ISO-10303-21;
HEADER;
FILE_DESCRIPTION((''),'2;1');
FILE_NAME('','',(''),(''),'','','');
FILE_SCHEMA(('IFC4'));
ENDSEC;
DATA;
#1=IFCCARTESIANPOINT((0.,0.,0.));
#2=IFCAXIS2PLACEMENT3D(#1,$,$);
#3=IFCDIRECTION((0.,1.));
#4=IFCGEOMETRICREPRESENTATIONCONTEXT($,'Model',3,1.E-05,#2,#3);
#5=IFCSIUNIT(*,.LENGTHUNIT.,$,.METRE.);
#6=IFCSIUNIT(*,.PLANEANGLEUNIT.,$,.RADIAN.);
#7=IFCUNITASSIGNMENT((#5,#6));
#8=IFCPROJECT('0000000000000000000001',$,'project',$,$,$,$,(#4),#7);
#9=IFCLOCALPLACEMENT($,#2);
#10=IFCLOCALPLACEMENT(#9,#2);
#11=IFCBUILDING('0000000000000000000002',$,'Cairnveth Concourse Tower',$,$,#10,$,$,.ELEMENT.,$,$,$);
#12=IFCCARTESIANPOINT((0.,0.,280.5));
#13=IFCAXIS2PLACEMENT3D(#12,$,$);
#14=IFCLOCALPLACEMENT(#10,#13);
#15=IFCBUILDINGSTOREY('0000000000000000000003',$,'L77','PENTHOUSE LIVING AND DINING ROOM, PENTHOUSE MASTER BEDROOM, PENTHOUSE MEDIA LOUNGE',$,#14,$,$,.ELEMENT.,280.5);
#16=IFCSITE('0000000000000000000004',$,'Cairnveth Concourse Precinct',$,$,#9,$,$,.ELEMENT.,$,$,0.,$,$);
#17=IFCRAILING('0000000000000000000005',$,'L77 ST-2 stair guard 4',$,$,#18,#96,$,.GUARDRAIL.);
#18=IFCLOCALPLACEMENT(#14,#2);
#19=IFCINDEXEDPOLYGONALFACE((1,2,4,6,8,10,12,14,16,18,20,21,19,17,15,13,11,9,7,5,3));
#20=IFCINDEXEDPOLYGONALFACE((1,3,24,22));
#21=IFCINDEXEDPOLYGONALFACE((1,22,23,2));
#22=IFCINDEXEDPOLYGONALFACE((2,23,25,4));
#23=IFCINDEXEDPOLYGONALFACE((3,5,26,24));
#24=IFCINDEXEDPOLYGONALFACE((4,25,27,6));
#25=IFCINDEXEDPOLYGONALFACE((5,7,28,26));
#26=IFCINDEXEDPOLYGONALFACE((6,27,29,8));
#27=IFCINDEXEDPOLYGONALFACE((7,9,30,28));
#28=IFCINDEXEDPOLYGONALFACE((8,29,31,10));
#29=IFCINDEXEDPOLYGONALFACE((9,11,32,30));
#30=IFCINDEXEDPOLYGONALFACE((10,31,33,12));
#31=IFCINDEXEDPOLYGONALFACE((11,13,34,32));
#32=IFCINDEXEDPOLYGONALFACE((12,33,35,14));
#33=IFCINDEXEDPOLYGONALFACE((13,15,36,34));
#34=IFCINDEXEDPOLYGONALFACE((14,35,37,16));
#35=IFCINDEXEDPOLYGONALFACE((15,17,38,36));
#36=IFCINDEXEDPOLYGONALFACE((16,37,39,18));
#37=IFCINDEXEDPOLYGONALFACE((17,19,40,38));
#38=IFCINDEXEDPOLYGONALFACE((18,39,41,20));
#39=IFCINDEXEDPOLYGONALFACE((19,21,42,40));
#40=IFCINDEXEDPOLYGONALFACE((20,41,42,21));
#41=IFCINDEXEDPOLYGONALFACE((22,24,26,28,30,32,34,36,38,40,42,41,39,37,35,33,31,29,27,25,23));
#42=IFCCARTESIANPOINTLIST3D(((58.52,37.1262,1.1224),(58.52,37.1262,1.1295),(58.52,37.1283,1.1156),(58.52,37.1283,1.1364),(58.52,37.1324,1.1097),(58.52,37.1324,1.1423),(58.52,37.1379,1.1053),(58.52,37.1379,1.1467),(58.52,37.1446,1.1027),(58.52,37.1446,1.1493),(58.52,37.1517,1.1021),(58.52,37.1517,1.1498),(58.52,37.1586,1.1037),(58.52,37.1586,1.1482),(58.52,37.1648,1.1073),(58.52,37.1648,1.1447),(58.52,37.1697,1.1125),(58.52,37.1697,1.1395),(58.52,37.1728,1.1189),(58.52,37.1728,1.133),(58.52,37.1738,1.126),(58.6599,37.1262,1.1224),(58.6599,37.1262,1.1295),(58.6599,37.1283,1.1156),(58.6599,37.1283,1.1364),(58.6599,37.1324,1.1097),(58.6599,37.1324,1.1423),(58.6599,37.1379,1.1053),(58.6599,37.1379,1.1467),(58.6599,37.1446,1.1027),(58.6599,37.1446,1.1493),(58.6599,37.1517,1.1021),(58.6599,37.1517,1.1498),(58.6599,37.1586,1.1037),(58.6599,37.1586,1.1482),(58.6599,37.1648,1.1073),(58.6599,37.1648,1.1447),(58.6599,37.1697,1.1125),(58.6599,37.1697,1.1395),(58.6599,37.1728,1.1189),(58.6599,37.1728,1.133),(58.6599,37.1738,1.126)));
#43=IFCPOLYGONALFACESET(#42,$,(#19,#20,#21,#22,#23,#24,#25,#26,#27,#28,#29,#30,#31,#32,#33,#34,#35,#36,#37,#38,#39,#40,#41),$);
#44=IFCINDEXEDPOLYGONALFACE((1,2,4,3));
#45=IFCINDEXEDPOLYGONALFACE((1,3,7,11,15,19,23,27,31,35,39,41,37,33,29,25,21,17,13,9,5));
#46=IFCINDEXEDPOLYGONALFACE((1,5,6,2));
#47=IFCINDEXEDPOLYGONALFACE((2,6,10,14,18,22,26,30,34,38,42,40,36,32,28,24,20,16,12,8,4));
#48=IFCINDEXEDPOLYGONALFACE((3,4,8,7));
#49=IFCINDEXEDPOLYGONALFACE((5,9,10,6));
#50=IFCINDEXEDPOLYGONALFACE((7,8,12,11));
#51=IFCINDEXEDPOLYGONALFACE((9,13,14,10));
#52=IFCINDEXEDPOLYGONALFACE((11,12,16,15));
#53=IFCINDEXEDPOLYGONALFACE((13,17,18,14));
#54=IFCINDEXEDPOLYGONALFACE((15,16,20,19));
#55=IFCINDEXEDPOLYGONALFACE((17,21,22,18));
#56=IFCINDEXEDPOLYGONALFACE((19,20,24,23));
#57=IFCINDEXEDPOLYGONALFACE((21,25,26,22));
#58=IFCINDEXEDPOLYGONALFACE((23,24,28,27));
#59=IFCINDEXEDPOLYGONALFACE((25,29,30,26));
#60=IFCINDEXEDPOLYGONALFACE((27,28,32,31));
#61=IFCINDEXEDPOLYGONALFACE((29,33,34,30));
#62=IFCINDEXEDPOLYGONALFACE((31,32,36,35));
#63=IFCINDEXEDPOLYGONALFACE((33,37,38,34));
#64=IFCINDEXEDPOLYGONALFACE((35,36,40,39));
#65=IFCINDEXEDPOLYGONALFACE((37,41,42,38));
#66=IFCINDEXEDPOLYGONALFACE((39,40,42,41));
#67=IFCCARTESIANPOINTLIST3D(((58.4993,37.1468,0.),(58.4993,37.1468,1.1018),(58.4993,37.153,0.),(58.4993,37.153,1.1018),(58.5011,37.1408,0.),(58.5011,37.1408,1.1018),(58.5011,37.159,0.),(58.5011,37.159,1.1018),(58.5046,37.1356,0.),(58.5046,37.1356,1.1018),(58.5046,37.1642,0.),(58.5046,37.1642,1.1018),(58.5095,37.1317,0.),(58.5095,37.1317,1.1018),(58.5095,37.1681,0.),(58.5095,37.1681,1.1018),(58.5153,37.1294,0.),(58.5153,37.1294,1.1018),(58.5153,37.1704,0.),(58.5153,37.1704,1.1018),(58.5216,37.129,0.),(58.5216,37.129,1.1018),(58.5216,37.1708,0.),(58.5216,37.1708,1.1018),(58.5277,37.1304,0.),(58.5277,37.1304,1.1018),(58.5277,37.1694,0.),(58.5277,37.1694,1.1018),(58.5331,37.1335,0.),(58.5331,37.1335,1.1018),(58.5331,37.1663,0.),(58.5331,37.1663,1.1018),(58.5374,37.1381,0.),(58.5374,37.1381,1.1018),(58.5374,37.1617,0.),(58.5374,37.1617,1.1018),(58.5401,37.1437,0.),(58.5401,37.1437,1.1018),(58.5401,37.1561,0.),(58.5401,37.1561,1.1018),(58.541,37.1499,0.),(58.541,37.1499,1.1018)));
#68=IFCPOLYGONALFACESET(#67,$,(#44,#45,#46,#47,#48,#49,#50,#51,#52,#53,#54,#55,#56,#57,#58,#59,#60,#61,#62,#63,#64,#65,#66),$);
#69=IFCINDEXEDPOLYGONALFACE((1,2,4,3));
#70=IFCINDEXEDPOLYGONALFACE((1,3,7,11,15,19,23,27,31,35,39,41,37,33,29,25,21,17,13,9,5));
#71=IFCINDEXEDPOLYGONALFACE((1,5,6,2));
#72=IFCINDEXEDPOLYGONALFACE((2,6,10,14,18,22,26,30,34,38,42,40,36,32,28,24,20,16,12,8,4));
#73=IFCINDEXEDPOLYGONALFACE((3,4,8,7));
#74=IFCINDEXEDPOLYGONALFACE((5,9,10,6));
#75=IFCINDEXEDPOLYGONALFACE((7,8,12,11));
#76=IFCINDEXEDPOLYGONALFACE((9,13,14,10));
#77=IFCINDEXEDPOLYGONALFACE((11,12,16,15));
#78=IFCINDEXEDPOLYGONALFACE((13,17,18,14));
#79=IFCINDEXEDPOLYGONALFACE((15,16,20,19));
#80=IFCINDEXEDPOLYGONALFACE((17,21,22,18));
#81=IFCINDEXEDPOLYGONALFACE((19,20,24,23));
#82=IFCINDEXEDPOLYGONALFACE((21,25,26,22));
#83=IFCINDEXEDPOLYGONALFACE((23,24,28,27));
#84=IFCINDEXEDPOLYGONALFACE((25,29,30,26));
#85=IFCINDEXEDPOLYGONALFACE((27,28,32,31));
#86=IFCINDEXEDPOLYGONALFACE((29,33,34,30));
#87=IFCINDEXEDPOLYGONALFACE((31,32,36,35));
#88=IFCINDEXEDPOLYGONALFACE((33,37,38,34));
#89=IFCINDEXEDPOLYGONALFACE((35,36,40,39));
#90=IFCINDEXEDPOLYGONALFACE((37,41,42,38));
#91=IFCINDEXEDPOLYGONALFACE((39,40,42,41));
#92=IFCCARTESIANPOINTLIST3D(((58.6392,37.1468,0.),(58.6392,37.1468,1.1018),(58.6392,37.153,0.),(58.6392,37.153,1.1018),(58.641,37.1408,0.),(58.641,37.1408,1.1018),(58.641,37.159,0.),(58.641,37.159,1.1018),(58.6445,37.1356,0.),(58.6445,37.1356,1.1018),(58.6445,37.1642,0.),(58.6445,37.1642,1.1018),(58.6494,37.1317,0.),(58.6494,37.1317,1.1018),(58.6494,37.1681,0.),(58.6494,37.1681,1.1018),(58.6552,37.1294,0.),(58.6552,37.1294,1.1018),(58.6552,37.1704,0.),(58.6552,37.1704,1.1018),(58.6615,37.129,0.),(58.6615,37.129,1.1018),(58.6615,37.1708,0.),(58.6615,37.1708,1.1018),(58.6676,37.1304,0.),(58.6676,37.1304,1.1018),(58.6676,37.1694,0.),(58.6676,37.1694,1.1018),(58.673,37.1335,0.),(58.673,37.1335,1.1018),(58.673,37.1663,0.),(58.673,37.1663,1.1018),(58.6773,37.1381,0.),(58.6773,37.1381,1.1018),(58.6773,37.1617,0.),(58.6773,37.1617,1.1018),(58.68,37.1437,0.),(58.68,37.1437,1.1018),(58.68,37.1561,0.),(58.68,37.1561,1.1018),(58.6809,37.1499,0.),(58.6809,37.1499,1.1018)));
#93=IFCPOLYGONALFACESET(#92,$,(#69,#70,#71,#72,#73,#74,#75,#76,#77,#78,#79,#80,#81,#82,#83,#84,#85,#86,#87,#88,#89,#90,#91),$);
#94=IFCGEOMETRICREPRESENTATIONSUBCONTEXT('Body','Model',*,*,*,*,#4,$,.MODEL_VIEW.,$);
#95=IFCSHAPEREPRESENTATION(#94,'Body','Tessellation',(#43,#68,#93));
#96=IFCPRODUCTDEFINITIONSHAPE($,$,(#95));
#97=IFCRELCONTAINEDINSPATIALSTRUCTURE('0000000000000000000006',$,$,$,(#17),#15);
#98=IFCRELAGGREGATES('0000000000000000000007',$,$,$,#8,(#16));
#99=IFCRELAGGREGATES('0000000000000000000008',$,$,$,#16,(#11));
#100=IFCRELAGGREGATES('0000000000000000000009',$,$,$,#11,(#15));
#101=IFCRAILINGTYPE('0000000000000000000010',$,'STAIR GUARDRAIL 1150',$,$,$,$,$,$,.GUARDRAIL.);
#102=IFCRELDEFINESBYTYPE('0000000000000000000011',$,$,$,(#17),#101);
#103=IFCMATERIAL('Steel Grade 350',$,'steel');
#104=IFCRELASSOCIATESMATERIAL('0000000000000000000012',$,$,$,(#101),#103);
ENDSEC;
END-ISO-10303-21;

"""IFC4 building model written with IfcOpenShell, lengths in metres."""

from ifc_helpers import new_model, si_unit, direction, frame, origin, origin_2d, place, context, subcontext, project, spatial, circle, extrude, material, type_object, element, save


model = new_model("IFC4")

# Units and contexts
model_context = context("Model", 3, precision=1e-05, world=origin(), true_north=direction((0.0, 1.0)))
body_context = subcontext(model_context, "Body", "Model", "MODEL_VIEW")
ifc_project = project(units=[si_unit("LENGTHUNIT", "METRE"), si_unit("PLANEANGLEUNIT", "RADIAN")], contexts=[model_context])

# Site, building, storey
site_placement = place(None, origin())
site = spatial("IfcSite", under=ifc_project, at=site_placement, Name="Cairnveth Concourse Precinct", CompositionType="ELEMENT", RefElevation=0.0)
building_placement = place(site_placement, origin())
building = spatial("IfcBuilding", under=site, at=building_placement, Name="Cairnveth Concourse Tower", CompositionType="ELEMENT")
storey_placement = place(building_placement, frame((0.0, 0.0, 280.5)))
storey = spatial("IfcBuildingStorey", under=building, at=storey_placement, Name="L77", Description="PENTHOUSE LIVING AND DINING ROOM, PENTHOUSE MASTER BEDROOM, PENTHOUSE MEDIA LOUNGE", CompositionType="ELEMENT", Elevation=280.5)

# Shared definitions
ifc_material_1 = material(Name="Steel Grade 350", Category="steel")

# Railing
railing_type = type_object("IfcRailingType", Name="STAIR GUARDRAIL 1150", PredefinedType="GUARDRAIL", material=ifc_material_1)
railing_1_placement = place(storey_placement, frame((58.52, 37.1499, 0.0)))
element("IfcRailing", 1, at=railing_1_placement, inside=storey, type_object=railing_type, Name="L77 ST-2 stair guard 4", PredefinedType="GUARDRAIL", context=body_context, shape_type="SweptSolid", body=[
    extrude(circle(Radius=0.0239, at=origin_2d()), frame((0.0, 0.0, 1.126), z_axis=(1.0, 0.0, 0.0), x_axis=(0.0, 1.0, 0.0)), (0.0, 0.0, 1.0), 0.1399),
    extrude(circle(Radius=0.021, at=origin_2d()), origin(), (0.0, 0.0, 1.0), 1.1018),
    extrude(circle(Radius=0.021, at=origin_2d()), frame((0.1399, 0.0, 0.0)), (0.0, 0.0, 1.0), 1.1018),
])

save(model, "model.ifc")
